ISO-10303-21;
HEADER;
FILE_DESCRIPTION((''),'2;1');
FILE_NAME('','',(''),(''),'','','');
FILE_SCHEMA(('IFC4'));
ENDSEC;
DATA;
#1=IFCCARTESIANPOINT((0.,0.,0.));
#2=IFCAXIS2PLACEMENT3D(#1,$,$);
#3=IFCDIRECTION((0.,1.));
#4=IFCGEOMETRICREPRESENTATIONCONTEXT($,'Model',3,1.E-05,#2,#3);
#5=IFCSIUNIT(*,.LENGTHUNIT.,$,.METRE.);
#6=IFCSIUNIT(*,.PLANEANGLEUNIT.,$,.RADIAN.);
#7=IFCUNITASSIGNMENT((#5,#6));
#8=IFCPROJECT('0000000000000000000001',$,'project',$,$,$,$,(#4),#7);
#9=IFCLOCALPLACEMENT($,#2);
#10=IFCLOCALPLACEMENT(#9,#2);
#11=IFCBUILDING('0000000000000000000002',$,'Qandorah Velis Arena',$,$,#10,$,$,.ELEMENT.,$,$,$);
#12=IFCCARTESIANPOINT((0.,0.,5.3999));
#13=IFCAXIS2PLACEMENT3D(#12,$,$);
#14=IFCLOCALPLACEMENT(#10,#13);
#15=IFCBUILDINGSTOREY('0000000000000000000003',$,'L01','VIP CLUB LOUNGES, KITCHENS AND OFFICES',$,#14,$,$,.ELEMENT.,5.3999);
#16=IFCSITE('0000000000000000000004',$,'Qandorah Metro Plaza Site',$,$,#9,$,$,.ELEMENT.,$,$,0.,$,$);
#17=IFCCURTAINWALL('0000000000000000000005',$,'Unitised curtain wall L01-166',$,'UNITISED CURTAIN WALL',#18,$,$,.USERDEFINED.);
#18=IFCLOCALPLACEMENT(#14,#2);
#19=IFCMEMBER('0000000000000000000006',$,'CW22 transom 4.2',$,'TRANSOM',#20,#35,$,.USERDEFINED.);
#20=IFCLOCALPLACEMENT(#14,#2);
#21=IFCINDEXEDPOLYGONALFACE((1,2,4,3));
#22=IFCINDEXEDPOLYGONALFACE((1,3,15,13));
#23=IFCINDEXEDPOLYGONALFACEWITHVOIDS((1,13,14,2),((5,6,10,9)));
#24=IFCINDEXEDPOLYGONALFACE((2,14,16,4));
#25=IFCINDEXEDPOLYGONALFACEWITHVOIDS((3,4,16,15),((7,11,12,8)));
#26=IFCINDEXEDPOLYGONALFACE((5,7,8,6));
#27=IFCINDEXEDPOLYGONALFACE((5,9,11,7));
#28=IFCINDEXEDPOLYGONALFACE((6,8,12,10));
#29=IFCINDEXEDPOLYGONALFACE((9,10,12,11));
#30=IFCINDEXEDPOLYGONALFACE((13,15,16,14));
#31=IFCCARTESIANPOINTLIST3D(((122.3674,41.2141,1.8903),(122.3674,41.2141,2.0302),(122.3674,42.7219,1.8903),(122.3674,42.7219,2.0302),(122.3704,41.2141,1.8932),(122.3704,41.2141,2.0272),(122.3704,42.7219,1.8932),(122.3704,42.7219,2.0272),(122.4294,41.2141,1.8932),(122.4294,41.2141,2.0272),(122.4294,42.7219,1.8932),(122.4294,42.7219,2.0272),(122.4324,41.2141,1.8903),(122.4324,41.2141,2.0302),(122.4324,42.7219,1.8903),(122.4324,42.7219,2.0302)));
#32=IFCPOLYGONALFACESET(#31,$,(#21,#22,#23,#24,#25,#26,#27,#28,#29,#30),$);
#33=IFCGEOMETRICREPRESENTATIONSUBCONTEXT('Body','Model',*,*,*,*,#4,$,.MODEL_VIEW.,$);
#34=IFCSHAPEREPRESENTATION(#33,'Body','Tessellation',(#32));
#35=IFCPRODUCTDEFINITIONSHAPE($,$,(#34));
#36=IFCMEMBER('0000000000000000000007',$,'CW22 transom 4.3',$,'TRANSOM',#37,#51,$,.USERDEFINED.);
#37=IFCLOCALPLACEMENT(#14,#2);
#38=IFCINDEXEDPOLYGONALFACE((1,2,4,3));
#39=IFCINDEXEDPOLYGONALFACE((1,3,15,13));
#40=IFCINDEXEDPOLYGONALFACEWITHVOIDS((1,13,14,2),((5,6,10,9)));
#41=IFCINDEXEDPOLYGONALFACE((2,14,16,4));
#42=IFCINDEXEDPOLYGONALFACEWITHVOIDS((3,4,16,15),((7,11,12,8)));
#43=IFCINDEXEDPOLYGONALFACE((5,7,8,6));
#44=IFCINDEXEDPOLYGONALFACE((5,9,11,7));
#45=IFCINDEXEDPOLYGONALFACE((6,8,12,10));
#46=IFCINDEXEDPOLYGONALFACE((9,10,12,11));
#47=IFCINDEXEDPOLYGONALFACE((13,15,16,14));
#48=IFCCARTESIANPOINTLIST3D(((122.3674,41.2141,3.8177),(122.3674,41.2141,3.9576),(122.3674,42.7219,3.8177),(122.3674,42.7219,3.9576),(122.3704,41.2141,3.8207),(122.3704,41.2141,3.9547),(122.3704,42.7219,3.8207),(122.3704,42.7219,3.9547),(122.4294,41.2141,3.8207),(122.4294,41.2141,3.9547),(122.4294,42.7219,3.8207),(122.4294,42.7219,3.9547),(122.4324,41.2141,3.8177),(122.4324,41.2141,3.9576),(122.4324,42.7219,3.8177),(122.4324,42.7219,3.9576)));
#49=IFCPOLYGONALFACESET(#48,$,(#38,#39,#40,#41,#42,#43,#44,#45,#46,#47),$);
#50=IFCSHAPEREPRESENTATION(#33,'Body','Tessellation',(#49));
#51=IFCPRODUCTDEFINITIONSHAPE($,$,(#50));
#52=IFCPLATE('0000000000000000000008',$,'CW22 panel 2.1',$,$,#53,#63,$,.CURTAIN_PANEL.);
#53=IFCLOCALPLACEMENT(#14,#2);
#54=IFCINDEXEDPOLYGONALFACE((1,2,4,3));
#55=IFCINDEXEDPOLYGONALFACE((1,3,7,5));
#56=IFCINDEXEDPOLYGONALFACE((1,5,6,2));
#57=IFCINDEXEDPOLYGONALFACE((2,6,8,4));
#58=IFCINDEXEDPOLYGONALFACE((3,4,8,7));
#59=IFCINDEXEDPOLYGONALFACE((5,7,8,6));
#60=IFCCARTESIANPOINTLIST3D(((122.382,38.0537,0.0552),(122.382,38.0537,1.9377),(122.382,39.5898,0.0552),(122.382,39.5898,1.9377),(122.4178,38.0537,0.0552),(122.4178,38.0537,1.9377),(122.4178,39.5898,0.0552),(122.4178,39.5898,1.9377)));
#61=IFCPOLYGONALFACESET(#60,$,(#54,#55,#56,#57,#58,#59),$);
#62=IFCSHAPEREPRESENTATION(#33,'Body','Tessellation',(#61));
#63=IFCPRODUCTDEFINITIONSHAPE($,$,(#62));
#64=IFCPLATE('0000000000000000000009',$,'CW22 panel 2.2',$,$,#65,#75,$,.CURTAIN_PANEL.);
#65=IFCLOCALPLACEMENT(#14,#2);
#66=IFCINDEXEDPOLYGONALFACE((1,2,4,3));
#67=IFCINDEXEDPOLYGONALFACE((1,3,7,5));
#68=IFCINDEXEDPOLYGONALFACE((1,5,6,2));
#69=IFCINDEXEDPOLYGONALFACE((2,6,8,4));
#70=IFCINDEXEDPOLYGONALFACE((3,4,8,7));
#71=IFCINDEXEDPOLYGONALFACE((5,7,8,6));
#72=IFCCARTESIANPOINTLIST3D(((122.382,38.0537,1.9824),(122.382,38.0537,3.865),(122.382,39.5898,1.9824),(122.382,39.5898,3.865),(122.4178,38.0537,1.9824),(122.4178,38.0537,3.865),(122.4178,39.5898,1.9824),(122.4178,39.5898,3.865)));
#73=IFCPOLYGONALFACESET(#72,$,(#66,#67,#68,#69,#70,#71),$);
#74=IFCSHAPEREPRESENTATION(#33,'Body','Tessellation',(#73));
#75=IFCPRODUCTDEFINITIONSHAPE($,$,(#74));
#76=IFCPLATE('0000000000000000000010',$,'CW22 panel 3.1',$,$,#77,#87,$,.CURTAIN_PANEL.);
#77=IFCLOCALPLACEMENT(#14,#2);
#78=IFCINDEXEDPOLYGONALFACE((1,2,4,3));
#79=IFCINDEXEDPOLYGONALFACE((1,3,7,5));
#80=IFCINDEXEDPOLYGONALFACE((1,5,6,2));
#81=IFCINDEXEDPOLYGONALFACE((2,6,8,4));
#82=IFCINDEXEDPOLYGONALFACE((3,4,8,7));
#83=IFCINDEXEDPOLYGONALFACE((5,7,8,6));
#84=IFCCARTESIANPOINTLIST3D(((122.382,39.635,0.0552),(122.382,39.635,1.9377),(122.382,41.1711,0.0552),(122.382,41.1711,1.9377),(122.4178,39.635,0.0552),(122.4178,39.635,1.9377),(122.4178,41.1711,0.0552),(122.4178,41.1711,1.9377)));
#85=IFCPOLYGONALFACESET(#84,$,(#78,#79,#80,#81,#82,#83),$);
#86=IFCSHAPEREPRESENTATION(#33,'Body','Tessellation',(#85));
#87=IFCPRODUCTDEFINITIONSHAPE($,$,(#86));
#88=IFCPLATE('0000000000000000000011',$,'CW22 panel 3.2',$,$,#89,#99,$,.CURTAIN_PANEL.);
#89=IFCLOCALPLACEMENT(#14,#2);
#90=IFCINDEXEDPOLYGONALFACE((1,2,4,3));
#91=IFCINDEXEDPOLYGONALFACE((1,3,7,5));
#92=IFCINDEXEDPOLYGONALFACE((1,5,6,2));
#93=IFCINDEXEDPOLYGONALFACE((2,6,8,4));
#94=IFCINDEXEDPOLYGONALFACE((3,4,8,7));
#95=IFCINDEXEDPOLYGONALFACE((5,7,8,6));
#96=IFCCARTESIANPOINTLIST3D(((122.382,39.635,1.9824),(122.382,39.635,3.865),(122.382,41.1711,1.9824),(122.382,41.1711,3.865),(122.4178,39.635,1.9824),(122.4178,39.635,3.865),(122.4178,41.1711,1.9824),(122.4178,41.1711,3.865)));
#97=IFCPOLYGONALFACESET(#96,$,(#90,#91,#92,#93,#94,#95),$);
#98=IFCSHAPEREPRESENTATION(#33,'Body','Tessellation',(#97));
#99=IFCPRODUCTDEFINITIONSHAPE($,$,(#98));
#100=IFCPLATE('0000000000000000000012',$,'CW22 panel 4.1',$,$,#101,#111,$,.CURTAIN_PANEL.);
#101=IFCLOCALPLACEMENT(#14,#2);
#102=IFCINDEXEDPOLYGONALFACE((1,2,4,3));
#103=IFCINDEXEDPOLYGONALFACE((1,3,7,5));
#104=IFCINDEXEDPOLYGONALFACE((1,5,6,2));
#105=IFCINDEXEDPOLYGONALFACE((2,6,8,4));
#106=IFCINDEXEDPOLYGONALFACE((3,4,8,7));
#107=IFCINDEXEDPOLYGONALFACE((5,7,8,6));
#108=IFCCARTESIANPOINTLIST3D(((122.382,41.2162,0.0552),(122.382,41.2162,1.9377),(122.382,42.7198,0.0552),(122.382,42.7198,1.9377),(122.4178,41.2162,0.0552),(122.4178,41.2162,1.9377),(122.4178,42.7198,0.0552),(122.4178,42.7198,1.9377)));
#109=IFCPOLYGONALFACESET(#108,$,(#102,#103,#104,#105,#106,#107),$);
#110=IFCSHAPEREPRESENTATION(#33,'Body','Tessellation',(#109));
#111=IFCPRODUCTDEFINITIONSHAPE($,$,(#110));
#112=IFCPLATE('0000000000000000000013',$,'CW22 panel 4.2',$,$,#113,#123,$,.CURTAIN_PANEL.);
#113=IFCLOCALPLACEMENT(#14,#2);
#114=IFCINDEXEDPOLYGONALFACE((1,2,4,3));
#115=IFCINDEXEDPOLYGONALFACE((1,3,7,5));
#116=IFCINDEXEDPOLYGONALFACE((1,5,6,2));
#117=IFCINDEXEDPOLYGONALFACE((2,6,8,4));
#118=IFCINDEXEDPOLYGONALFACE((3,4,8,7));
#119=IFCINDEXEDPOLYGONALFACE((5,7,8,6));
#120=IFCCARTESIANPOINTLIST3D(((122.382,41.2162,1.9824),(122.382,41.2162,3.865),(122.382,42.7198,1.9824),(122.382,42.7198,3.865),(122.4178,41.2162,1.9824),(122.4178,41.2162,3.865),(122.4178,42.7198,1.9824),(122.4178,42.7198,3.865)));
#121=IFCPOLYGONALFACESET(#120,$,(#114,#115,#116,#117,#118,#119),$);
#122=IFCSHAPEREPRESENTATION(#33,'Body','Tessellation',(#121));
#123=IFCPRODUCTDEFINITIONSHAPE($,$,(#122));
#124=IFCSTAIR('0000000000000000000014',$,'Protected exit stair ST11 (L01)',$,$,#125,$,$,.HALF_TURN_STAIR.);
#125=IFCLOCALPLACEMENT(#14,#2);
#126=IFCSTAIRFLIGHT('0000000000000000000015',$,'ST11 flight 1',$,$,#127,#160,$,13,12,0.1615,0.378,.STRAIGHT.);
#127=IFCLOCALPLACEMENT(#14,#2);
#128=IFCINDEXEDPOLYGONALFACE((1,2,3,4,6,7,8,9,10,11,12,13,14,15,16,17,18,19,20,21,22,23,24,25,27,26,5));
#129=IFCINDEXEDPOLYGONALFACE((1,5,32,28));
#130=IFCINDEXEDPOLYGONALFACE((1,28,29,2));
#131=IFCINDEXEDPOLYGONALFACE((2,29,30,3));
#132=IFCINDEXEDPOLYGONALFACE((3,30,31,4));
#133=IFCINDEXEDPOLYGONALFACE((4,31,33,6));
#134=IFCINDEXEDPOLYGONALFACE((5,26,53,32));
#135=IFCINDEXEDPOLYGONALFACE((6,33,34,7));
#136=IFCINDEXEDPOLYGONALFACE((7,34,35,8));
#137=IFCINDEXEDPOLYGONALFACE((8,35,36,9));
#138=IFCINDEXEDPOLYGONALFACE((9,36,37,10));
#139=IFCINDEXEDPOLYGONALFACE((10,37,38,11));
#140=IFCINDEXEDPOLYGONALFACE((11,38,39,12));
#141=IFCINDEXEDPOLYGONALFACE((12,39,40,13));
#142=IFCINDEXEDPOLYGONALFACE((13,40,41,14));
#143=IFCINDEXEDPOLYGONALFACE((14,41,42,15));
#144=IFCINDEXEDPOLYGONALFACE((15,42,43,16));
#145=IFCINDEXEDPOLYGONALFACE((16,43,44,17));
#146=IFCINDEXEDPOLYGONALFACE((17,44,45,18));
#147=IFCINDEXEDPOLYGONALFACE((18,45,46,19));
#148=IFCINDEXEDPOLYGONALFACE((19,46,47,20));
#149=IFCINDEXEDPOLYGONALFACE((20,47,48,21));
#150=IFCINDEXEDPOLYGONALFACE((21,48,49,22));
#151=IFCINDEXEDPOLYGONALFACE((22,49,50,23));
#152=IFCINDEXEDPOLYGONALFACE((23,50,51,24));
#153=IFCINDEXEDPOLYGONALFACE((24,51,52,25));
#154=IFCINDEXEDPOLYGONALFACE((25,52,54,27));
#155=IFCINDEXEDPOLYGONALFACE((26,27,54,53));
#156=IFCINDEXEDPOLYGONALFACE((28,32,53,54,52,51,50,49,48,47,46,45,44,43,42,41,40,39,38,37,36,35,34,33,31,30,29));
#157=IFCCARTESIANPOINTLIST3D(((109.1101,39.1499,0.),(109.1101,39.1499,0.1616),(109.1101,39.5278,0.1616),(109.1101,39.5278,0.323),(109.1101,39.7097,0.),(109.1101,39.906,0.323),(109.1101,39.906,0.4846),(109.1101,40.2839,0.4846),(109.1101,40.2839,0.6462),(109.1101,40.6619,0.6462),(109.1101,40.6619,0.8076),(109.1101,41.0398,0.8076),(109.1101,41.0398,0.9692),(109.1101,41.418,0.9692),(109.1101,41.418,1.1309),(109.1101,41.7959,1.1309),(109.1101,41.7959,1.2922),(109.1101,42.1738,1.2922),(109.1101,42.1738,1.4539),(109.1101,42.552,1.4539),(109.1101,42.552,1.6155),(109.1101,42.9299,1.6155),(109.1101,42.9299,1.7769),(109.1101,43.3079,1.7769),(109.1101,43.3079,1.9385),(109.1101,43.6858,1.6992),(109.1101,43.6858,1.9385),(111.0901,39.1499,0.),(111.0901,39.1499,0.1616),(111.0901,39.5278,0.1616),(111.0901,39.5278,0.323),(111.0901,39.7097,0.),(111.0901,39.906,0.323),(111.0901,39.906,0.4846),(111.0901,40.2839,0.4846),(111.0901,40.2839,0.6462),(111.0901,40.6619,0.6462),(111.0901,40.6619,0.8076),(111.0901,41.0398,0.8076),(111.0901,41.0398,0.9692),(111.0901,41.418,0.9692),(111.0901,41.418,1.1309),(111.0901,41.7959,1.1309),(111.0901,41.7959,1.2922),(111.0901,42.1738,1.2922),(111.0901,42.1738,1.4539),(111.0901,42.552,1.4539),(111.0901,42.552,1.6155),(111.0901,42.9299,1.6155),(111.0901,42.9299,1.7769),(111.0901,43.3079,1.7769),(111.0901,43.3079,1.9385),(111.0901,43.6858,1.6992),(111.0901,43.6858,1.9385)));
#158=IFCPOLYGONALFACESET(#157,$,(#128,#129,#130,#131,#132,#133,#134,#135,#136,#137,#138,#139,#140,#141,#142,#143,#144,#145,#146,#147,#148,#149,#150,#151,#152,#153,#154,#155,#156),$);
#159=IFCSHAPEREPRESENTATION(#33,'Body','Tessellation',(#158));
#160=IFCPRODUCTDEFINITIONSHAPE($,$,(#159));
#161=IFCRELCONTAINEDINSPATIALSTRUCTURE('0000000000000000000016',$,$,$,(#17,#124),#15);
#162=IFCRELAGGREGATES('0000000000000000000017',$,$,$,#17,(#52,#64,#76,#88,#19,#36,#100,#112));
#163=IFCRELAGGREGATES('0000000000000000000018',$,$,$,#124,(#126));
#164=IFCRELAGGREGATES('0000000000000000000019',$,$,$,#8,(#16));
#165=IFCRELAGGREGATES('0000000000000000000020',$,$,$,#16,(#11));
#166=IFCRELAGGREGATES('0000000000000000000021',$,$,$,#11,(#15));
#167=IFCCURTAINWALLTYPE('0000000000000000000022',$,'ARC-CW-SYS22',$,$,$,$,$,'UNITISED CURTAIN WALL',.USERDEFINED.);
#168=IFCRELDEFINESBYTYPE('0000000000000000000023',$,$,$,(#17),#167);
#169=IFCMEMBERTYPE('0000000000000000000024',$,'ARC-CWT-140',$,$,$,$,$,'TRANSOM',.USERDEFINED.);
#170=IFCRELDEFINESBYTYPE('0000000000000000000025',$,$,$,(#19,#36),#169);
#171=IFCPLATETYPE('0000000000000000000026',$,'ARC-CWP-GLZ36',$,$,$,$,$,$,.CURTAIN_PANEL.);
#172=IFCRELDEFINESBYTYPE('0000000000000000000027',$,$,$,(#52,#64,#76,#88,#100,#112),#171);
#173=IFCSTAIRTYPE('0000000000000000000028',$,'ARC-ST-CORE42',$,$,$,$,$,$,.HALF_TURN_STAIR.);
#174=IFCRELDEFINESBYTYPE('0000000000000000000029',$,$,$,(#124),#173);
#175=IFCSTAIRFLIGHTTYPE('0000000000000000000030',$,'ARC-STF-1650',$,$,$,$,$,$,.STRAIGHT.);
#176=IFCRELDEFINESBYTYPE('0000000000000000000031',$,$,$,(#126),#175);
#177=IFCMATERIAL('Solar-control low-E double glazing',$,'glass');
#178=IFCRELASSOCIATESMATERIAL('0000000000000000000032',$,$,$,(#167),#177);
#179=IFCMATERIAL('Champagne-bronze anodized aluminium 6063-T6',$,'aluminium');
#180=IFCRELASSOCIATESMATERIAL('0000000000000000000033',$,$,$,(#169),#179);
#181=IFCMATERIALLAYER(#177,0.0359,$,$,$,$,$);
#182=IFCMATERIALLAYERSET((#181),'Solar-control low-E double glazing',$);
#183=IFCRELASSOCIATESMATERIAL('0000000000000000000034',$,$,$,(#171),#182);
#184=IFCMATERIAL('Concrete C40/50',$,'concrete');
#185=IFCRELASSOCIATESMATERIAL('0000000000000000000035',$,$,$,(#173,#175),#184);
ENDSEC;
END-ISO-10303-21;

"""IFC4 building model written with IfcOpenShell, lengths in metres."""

from ifc_helpers import new_model, si_unit, direction, frame, origin, origin_2d, place, context, subcontext, project, spatial, polyline, rectangle, hollow_rectangle, outline, extrude, material, layer, layer_set, material_profile, profile_set, type_object, element, aggregate, save


model = new_model("IFC4")

# Units and contexts
model_context = context("Model", 3, precision=1e-05, world=origin(), true_north=direction((0.0, 1.0)))
body_context = subcontext(model_context, "Body", "Model", "MODEL_VIEW")
ifc_project = project(units=[si_unit("LENGTHUNIT", "METRE"), si_unit("PLANEANGLEUNIT", "RADIAN")], contexts=[model_context])

# Site, building, storey
site_placement = place(None, origin())
site = spatial("IfcSite", under=ifc_project, at=site_placement, Name="Qandorah Metro Plaza Site", CompositionType="ELEMENT", RefElevation=0.0)
building_placement = place(site_placement, origin())
building = spatial("IfcBuilding", under=site, at=building_placement, Name="Qandorah Velis Arena", CompositionType="ELEMENT")
storey_placement = place(building_placement, frame((0.0, 0.0, 5.3999)))
storey = spatial("IfcBuildingStorey", under=building, at=storey_placement, Name="L01", Description="VIP CLUB LOUNGES, KITCHENS AND OFFICES", CompositionType="ELEMENT", Elevation=5.3999)

# Shared definitions
ifc_material_1 = material(Name="Concrete C40/50", Category="concrete")

# Curtain wall, members, plates
ifc_material_2 = material(Name="Solar-control low-E double glazing", Category="glass")
curtain_wall_type = type_object("IfcCurtainWallType", Name="ARC-CW-SYS22", ElementType="UNITISED CURTAIN WALL", PredefinedType="USERDEFINED", material=ifc_material_2)
curtain_wall_placement = place(storey_placement, origin())
curtain_wall = element("IfcCurtainWall", 1, at=curtain_wall_placement, inside=storey, type_object=curtain_wall_type, Name="Unitised curtain wall L01-166", ObjectType="UNITISED CURTAIN WALL", PredefinedType="USERDEFINED")
ifc_material_3 = material(Name="Champagne-bronze anodized aluminium 6063-T6", Category="aluminium")
ifc_material_profile_1 = material_profile(ifc_material_3, hollow_rectangle(XDim=0.0649, YDim=0.1399, WallThickness=0.0029, at=origin_2d()), Name="ALU TRANSOM 65x140")
ifc_profile_set_1 = profile_set([ifc_material_profile_1], Name="Champagne-bronze anodized aluminium 6063-T6")
member_type_1 = type_object("IfcMemberType", Name="ARC-CWT-140", ElementType="TRANSOM", PredefinedType="USERDEFINED", material=ifc_profile_set_1)
member_1_placement = place(storey_placement, frame((122.3999, 41.2141, 1.9602), z_axis=(0.0, 1.0, 0.0), x_axis=(-1.0, 0.0, 0.0)))
member_1 = element("IfcMember", 2, at=member_1_placement, type_object=member_type_1, Name="CW22 transom 4.2", ObjectType="TRANSOM", PredefinedType="USERDEFINED", context=body_context, shape_type="SweptSolid", body=[
    extrude(hollow_rectangle(XDim=0.0649, YDim=0.1399, WallThickness=0.0029, at=origin_2d()), origin(), (0.0, 0.0, 1.0), 1.5078),
])
member_2_placement = place(storey_placement, frame((122.3999, 41.2141, 3.8877), z_axis=(0.0, 1.0, 0.0), x_axis=(-1.0, 0.0, 0.0)))
member_2 = element("IfcMember", 3, at=member_2_placement, type_object=member_type_1, Name="CW22 transom 4.3", ObjectType="TRANSOM", PredefinedType="USERDEFINED", context=body_context, shape_type="SweptSolid", body=[
    extrude(hollow_rectangle(XDim=0.0649, YDim=0.1399, WallThickness=0.0029, at=origin_2d()), origin(), (0.0, 0.0, 1.0), 1.5078),
])
ifc_layer = layer(ifc_material_2, 0.0359)
ifc_layer_set = layer_set([ifc_layer], Name="Solar-control low-E double glazing")
plate_type = type_object("IfcPlateType", Name="ARC-CWP-GLZ36", PredefinedType="CURTAIN_PANEL", material=ifc_layer_set)
plate_1_placement = place(storey_placement, frame((122.3999, 38.8218, 0.0552), z_axis=(0.0, 0.0, 1.0), x_axis=(0.0, 1.0, 0.0)))
plate_1 = element("IfcPlate", 4, at=plate_1_placement, type_object=plate_type, Name="CW22 panel 2.1", PredefinedType="CURTAIN_PANEL", context=body_context, shape_type="SweptSolid", body=[
    extrude(rectangle(XDim=1.5361, YDim=0.0359, at=origin_2d()), origin(), (0.0, 0.0, 1.0), 1.8826),
])
plate_2_placement = place(storey_placement, frame((122.3999, 38.8218, 1.9824), z_axis=(0.0, 0.0, 1.0), x_axis=(0.0, 1.0, 0.0)))
plate_2 = element("IfcPlate", 5, at=plate_2_placement, type_object=plate_type, Name="CW22 panel 2.2", PredefinedType="CURTAIN_PANEL", context=body_context, shape_type="SweptSolid", body=[
    extrude(rectangle(XDim=1.5361, YDim=0.0359, at=origin_2d()), origin(), (0.0, 0.0, 1.0), 1.8826),
])
plate_3_placement = place(storey_placement, frame((122.3999, 40.4031, 0.0552), z_axis=(0.0, 0.0, 1.0), x_axis=(0.0, 1.0, 0.0)))
plate_3 = element("IfcPlate", 6, at=plate_3_placement, type_object=plate_type, Name="CW22 panel 3.1", PredefinedType="CURTAIN_PANEL", context=body_context, shape_type="SweptSolid", body=[
    extrude(rectangle(XDim=1.5361, YDim=0.0359, at=origin_2d()), origin(), (0.0, 0.0, 1.0), 1.8826),
])
plate_4_placement = place(storey_placement, frame((122.3999, 40.4031, 1.9824), z_axis=(0.0, 0.0, 1.0), x_axis=(0.0, 1.0, 0.0)))
plate_4 = element("IfcPlate", 7, at=plate_4_placement, type_object=plate_type, Name="CW22 panel 3.2", PredefinedType="CURTAIN_PANEL", context=body_context, shape_type="SweptSolid", body=[
    extrude(rectangle(XDim=1.5361, YDim=0.0359, at=origin_2d()), origin(), (0.0, 0.0, 1.0), 1.8826),
])
plate_5_placement = place(storey_placement, frame((122.3999, 41.968, 0.0552), z_axis=(0.0, 0.0, 1.0), x_axis=(0.0, 1.0, 0.0)))
plate_5 = element("IfcPlate", 8, at=plate_5_placement, type_object=plate_type, Name="CW22 panel 4.1", PredefinedType="CURTAIN_PANEL", context=body_context, shape_type="SweptSolid", body=[
    extrude(rectangle(XDim=1.5037, YDim=0.0359, at=origin_2d()), origin(), (0.0, 0.0, 1.0), 1.8826),
])
plate_6_placement = place(storey_placement, frame((122.3999, 41.968, 1.9824), z_axis=(0.0, 0.0, 1.0), x_axis=(0.0, 1.0, 0.0)))
plate_6 = element("IfcPlate", 9, at=plate_6_placement, type_object=plate_type, Name="CW22 panel 4.2", PredefinedType="CURTAIN_PANEL", context=body_context, shape_type="SweptSolid", body=[
    extrude(rectangle(XDim=1.5037, YDim=0.0359, at=origin_2d()), origin(), (0.0, 0.0, 1.0), 1.8826),
])
aggregate(curtain_wall, [plate_1, plate_2, plate_3, plate_4, member_1, member_2, plate_5, plate_6])

# Stair, stair flight
stair_type = type_object("IfcStairType", Name="ARC-ST-CORE42", PredefinedType="HALF_TURN_STAIR", material=ifc_material_1)
stair_placement = place(storey_placement, origin())
stair = element("IfcStair", 10, at=stair_placement, inside=storey, type_object=stair_type, Name="Protected exit stair ST11 (L01)", PredefinedType="HALF_TURN_STAIR")
stair_flight_type = type_object("IfcStairFlightType", Name="ARC-STF-1650", PredefinedType="STRAIGHT", material=ifc_material_1)
stair_flight_placement = place(storey_placement, frame((110.1001, 39.1499, 0.0), z_axis=(0.0, 0.0, 1.0), x_axis=(0.0, 1.0, 0.0)))
stair_flight = element("IfcStairFlight", 11, at=stair_flight_placement, type_object=stair_flight_type, Name="ST11 flight 1", NumberOfRisers=13, NumberOfTreads=12, PredefinedType="STRAIGHT", RiserHeight=0.1615, TreadLength=0.378, context=body_context, shape_type="SweptSolid", body=[
    extrude(outline(polyline([(0.0, 0.0), (0.0, 0.1616), (0.3779, 0.1616), (0.3779, 0.323), (0.7561, 0.323), (0.7561, 0.4846), (1.134, 0.4846), (1.134, 0.6462), (1.512, 0.6462), (1.512, 0.8076), (1.8899, 0.8076), (1.8899, 0.9692), (2.2681, 0.9692), (2.2681, 1.1309), (2.646, 1.1309), (2.646, 1.2922), (3.0239, 1.2922), (3.0239, 1.4539), (3.4021, 1.4539), (3.4021, 1.6155), (3.78, 1.6155), (3.78, 1.7769), (4.158, 1.7769), (4.158, 1.9385), (4.5359, 1.9385), (4.5359, 2.1001), (4.5359, 1.6992), (0.5598, 0.0), (0.0, 0.0)])), frame((0.0, 0.99, 0.0), z_axis=(0.0, -1.0, 0.0), x_axis=(1.0, 0.0, 0.0)), (0.0, 0.0, 1.0), 1.98),
])
aggregate(stair, [stair_flight])

save(model, "model.ifc")
